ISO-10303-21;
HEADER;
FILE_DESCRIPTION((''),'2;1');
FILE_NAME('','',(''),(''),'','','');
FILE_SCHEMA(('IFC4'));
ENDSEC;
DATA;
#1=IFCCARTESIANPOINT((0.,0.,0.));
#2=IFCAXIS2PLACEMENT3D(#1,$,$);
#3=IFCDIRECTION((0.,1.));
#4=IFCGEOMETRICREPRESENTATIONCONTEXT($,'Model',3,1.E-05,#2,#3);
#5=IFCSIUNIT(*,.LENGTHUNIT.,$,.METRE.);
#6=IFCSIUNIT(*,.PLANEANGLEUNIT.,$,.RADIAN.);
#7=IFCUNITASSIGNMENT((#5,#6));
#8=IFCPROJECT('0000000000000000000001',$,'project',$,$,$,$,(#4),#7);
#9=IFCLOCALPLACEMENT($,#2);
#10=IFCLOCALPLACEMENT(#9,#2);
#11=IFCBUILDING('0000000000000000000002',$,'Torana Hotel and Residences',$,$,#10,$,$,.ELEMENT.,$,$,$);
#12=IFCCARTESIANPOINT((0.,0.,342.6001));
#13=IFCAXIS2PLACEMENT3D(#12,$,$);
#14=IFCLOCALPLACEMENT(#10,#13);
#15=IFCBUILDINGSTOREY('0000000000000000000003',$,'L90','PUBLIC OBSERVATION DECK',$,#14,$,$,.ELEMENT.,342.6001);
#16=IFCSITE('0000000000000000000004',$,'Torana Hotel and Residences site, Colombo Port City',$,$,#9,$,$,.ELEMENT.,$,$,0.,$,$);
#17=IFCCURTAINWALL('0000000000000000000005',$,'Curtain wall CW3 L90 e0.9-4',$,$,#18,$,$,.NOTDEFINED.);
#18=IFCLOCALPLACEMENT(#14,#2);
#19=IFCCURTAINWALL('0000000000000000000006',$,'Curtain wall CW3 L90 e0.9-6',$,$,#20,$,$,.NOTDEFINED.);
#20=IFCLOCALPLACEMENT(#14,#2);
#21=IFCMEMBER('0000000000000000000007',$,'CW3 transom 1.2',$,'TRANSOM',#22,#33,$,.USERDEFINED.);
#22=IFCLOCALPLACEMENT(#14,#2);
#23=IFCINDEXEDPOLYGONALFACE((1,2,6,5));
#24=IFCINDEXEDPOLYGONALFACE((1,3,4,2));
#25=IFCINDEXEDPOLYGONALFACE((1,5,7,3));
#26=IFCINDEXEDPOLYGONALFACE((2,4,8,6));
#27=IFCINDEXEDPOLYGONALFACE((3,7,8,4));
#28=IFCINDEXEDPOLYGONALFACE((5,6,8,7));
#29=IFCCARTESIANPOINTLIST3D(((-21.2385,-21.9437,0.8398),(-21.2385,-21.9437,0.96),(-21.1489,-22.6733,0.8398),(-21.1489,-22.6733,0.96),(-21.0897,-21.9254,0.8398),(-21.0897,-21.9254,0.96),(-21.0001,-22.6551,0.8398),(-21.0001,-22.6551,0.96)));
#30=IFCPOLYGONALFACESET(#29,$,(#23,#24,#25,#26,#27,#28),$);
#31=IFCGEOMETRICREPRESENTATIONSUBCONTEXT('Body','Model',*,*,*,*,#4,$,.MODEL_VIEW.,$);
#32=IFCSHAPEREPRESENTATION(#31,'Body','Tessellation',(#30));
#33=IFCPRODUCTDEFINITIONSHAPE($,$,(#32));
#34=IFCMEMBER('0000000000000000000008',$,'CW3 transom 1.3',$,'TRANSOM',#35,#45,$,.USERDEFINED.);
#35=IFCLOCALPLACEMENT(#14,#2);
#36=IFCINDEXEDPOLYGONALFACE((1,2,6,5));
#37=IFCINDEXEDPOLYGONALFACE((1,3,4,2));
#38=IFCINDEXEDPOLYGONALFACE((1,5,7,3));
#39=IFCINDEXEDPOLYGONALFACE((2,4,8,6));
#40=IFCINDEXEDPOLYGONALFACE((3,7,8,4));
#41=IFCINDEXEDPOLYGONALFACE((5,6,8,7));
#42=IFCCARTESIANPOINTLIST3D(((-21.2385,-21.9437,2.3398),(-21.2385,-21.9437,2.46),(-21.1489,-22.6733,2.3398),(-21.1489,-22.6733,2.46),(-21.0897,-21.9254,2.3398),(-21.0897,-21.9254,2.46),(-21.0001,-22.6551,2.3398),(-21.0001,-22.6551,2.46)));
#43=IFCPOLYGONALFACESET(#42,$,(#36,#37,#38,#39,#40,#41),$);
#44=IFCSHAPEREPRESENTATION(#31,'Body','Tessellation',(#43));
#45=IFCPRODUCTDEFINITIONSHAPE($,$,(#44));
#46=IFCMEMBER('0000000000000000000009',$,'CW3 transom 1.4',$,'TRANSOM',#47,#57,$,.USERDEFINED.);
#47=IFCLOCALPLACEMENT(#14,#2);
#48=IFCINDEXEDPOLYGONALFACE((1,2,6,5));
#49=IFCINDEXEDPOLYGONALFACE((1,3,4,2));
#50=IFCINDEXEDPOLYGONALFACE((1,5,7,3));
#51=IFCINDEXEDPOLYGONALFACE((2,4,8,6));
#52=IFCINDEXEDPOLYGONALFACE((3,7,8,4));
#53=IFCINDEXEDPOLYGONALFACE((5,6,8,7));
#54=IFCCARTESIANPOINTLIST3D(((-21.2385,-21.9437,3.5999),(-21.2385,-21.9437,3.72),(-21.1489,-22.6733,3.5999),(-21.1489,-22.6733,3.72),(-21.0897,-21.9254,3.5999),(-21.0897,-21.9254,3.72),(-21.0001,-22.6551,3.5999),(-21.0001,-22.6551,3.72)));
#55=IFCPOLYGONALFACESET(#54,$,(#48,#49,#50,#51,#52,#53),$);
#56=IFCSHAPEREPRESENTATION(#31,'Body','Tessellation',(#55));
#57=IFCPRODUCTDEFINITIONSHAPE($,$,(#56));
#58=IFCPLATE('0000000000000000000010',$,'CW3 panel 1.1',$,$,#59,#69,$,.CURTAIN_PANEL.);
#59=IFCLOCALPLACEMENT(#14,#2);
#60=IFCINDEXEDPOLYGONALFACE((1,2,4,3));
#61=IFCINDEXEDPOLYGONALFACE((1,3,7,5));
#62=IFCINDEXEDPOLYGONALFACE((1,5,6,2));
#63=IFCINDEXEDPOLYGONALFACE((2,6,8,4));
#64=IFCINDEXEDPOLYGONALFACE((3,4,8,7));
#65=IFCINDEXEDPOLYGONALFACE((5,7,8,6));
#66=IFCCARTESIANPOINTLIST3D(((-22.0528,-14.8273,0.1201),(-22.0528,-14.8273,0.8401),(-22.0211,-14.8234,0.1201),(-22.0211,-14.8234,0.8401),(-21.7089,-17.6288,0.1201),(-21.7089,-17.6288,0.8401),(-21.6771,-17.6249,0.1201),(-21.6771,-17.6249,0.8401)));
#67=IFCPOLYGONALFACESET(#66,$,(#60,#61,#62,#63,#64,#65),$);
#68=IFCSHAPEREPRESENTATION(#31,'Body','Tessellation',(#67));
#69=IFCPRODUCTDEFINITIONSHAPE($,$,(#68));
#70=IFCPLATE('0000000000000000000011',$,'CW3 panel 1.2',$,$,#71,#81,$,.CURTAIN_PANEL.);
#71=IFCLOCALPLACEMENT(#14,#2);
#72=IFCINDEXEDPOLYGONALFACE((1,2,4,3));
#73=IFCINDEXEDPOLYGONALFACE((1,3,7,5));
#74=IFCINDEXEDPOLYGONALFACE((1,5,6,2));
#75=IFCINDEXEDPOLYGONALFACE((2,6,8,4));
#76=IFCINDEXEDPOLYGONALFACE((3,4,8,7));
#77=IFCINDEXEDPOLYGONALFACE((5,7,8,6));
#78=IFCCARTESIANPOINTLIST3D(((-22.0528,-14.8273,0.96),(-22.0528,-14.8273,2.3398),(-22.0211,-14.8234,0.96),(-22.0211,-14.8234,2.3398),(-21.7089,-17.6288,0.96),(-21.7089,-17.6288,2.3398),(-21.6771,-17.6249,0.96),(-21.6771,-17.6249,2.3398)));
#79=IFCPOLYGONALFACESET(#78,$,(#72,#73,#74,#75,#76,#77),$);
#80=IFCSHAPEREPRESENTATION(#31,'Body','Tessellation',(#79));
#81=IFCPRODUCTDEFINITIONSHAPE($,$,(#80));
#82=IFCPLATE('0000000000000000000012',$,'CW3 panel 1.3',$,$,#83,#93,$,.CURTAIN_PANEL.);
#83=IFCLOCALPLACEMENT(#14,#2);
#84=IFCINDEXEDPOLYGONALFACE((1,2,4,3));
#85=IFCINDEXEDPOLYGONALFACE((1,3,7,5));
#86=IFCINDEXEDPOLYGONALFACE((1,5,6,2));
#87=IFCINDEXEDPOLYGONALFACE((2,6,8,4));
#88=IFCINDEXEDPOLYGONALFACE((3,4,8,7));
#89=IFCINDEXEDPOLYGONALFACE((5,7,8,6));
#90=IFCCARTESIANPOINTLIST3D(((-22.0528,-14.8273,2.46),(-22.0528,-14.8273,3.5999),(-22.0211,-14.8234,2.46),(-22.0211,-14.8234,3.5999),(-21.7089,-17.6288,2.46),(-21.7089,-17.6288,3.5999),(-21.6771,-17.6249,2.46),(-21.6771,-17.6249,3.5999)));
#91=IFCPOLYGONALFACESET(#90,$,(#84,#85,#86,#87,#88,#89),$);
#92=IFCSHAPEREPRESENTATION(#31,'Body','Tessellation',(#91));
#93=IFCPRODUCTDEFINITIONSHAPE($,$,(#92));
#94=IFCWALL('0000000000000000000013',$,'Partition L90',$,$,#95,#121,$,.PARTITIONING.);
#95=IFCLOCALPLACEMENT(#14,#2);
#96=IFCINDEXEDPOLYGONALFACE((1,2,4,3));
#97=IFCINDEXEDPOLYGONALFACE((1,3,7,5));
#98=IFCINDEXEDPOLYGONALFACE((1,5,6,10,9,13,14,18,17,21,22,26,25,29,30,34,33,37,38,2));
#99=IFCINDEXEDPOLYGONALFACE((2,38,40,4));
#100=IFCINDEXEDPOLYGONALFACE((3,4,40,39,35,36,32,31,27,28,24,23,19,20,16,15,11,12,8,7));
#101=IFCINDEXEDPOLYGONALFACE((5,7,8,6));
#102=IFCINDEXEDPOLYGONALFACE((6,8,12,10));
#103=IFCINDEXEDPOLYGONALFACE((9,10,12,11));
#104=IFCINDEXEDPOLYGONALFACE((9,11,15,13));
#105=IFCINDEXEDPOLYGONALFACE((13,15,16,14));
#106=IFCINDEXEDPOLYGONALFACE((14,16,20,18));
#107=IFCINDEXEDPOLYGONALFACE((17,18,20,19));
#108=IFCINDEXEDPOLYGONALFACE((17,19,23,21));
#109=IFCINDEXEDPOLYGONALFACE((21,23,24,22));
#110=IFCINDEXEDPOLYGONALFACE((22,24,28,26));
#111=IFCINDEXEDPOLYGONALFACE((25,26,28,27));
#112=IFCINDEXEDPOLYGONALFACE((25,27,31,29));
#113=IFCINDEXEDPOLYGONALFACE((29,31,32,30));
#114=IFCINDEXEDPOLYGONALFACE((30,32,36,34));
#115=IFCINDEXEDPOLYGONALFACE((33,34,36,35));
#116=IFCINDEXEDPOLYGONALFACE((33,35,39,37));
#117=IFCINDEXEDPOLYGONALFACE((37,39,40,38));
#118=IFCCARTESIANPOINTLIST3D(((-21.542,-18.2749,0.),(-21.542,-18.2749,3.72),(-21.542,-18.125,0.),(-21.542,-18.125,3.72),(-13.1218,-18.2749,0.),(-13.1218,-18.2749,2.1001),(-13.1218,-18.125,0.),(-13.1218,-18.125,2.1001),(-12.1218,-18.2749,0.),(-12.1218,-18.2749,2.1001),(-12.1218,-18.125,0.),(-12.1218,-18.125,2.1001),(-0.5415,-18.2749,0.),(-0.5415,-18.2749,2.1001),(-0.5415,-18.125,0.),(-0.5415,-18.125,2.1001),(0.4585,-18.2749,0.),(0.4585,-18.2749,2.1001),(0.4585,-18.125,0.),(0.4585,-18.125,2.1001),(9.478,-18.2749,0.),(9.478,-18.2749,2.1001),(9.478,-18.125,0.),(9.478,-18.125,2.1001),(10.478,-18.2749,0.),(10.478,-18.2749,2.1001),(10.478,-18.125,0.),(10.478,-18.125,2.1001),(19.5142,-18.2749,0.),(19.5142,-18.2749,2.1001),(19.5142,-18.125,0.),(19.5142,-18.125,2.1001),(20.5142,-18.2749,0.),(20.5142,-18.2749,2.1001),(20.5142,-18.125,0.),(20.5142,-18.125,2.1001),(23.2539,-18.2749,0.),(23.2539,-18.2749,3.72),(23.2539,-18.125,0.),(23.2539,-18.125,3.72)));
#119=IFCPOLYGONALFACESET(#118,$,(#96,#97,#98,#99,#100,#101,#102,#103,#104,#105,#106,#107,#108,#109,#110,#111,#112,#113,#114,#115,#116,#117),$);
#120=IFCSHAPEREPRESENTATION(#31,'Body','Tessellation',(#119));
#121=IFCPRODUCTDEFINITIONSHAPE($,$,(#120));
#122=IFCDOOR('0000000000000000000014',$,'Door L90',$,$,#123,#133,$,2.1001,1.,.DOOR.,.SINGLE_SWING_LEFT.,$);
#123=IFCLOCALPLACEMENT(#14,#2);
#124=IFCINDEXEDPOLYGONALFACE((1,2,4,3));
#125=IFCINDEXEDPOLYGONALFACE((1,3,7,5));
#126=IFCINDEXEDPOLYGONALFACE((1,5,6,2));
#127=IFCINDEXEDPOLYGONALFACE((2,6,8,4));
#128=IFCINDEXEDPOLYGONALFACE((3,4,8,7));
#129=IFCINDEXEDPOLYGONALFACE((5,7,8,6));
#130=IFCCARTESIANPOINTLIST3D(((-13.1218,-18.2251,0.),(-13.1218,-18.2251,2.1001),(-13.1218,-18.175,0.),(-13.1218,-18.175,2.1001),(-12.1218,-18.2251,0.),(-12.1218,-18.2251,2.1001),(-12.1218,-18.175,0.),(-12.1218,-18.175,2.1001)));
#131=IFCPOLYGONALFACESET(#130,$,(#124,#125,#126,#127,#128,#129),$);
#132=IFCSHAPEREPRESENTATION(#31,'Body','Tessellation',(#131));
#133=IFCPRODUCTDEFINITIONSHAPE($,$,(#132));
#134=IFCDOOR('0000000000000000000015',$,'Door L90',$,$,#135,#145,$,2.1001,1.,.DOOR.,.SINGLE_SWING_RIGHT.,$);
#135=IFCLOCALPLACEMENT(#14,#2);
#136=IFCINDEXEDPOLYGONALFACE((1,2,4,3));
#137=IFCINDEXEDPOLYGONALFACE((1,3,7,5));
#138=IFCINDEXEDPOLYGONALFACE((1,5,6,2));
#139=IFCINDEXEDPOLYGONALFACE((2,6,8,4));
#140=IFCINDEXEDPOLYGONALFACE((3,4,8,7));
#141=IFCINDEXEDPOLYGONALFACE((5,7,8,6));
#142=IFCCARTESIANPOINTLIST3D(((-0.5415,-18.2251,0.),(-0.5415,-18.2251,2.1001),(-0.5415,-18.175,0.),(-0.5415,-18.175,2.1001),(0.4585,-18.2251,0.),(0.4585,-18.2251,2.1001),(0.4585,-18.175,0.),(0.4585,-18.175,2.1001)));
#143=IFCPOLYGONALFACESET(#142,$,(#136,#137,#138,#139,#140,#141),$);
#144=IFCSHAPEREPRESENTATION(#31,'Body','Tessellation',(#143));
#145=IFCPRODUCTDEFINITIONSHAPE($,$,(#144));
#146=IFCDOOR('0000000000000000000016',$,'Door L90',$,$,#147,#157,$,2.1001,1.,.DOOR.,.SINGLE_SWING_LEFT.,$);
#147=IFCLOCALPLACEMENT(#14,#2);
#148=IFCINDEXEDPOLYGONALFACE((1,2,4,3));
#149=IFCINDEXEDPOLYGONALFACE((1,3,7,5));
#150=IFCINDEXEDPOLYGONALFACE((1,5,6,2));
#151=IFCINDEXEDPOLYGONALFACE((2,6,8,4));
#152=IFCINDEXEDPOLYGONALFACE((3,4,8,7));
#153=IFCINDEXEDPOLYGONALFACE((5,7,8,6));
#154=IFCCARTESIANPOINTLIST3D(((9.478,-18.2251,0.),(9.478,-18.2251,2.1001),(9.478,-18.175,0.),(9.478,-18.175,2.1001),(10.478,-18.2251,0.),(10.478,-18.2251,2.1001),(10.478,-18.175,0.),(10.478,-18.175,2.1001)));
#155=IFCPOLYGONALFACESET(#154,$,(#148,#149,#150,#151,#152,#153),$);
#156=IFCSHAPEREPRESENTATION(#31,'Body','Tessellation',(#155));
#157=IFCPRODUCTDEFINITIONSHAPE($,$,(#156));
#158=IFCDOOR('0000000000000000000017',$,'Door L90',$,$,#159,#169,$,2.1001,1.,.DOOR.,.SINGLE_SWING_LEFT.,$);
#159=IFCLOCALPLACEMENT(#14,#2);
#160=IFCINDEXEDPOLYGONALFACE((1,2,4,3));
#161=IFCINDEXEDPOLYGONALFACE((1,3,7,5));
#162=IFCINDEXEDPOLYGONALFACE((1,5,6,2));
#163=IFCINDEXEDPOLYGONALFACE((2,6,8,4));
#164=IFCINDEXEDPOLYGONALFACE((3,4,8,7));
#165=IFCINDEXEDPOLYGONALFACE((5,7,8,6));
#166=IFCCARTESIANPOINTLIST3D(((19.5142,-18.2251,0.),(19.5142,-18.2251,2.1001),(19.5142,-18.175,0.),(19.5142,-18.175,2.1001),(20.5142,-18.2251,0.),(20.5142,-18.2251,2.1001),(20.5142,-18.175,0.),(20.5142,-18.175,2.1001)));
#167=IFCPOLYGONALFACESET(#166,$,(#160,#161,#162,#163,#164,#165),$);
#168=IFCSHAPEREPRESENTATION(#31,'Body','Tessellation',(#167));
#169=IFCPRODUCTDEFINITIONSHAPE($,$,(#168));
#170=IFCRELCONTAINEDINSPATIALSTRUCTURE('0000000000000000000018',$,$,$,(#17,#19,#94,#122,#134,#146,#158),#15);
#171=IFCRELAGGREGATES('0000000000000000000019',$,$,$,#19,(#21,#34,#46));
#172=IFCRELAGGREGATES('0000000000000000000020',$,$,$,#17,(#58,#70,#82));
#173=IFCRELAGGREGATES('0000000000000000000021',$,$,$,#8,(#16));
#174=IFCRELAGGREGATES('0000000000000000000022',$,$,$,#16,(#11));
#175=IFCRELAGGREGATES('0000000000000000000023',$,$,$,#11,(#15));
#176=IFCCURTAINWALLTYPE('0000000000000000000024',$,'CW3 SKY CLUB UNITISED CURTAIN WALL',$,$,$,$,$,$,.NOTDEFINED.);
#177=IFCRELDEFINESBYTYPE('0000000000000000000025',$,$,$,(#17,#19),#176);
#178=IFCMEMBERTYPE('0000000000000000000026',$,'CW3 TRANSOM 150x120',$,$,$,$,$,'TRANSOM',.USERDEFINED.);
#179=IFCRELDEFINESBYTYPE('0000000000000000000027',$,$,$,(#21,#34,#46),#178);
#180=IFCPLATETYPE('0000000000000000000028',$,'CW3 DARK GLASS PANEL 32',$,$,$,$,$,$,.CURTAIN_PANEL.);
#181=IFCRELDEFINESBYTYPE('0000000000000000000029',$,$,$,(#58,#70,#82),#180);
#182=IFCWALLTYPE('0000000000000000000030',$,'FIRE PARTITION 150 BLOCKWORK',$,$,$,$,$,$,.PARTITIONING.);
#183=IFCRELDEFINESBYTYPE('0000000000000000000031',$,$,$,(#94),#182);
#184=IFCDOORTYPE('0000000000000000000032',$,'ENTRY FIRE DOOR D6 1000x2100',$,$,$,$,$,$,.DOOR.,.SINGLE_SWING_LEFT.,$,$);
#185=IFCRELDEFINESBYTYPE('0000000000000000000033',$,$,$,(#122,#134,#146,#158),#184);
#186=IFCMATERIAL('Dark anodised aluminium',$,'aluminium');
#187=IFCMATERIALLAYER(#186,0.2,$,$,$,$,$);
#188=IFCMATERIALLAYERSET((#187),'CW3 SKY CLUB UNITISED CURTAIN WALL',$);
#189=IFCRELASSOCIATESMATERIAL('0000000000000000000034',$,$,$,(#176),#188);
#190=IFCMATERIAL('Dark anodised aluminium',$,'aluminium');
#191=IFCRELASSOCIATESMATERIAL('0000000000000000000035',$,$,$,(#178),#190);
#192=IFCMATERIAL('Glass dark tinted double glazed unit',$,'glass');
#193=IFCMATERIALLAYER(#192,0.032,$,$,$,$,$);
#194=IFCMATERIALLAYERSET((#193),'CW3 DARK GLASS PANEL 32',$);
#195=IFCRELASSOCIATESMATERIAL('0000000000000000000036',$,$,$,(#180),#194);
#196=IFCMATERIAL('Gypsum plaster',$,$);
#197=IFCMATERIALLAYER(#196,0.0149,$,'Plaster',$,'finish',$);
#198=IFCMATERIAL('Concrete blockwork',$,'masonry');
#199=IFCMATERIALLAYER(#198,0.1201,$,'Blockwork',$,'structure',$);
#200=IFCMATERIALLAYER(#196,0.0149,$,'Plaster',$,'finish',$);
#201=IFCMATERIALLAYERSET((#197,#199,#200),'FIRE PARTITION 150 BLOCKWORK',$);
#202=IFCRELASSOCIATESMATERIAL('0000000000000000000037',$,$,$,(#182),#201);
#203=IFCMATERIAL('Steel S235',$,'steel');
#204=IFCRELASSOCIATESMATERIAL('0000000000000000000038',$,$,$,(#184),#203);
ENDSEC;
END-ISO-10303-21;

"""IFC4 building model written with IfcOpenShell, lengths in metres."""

from ifc_helpers import new_model, si_unit, direction, frame, frame_2d, origin, origin_2d, place, context, subcontext, project, spatial, rectangle, extrude, material, layer, layer_set, material_profile, profile_set, type_object, element, fill, aggregate, save


model = new_model("IFC4")

# Units and contexts
model_context = context("Model", 3, precision=1e-05, world=origin(), true_north=direction((0.0, 1.0)))
body_context = subcontext(model_context, "Body", "Model", "MODEL_VIEW")
ifc_project = project(units=[si_unit("LENGTHUNIT", "METRE"), si_unit("PLANEANGLEUNIT", "RADIAN")], contexts=[model_context])

# Site, building, storey
site_placement = place(None, origin())
site = spatial("IfcSite", under=ifc_project, at=site_placement, Name="Torana Hotel and Residences site, Colombo Port City", CompositionType="ELEMENT", RefElevation=0.0)
building_placement = place(site_placement, origin())
building = spatial("IfcBuilding", under=site, at=building_placement, Name="Torana Hotel and Residences", CompositionType="ELEMENT")
storey_placement = place(building_placement, frame((0.0, 0.0, 342.6001)))
storey = spatial("IfcBuildingStorey", under=building, at=storey_placement, Name="L90", Description="PUBLIC OBSERVATION DECK", CompositionType="ELEMENT", Elevation=342.6001)

# Curtain wall
ifc_material_1 = material(Name="Dark anodised aluminium", Category="aluminium")
ifc_layer_1 = layer(ifc_material_1, 0.2)
ifc_layer_set_1 = layer_set([ifc_layer_1], Name="CW3 SKY CLUB UNITISED CURTAIN WALL")
curtain_wall_type = type_object("IfcCurtainWallType", Name="CW3 SKY CLUB UNITISED CURTAIN WALL", PredefinedType="NOTDEFINED", material=ifc_layer_set_1)
curtain_wall_1_placement = place(storey_placement, origin())
curtain_wall_1 = element("IfcCurtainWall", 1, at=curtain_wall_1_placement, inside=storey, type_object=curtain_wall_type, Name="Curtain wall CW3 L90 e0.9-4", PredefinedType="NOTDEFINED")

# Curtain wall, members
curtain_wall_2_placement = place(storey_placement, origin())
curtain_wall_2 = element("IfcCurtainWall", 2, at=curtain_wall_2_placement, inside=storey, type_object=curtain_wall_type, Name="Curtain wall CW3 L90 e0.9-6", PredefinedType="NOTDEFINED")
ifc_material_2 = material(Name="Dark anodised aluminium", Category="aluminium")
ifc_material_profile_1 = material_profile(ifc_material_2, rectangle(XDim=0.1499, YDim=0.1201, at=origin_2d()), Name="CW3 TRANSOM 150x120")
ifc_profile_set_1 = profile_set([ifc_material_profile_1], Name="Dark anodised aluminium")
member_type_1 = type_object("IfcMemberType", Name="CW3 TRANSOM 150x120", ElementType="TRANSOM", PredefinedType="USERDEFINED", material=ifc_profile_set_1)
member_1_placement = place(storey_placement, frame((-21.1641, -21.9346, 0.8999), z_axis=(0.121868, -0.992546, 0.0), x_axis=(0.992546, 0.121868, 0.0)))
member_1 = element("IfcMember", 3, at=member_1_placement, type_object=member_type_1, Name="CW3 transom 1.2", ObjectType="TRANSOM", PredefinedType="USERDEFINED", context=body_context, shape_type="SweptSolid", body=[
    extrude(rectangle(XDim=0.1499, YDim=0.1201, at=origin_2d()), origin(), (0.0, 0.0, 1.0), 0.7351),
])
member_2_placement = place(storey_placement, frame((-21.1641, -21.9346, 2.3999), z_axis=(0.121868, -0.992546, 0.0), x_axis=(0.992546, 0.121868, 0.0)))
member_2 = element("IfcMember", 4, at=member_2_placement, type_object=member_type_1, Name="CW3 transom 1.3", ObjectType="TRANSOM", PredefinedType="USERDEFINED", context=body_context, shape_type="SweptSolid", body=[
    extrude(rectangle(XDim=0.1499, YDim=0.1201, at=origin_2d()), origin(), (0.0, 0.0, 1.0), 0.7351),
])
member_3_placement = place(storey_placement, frame((-21.1641, -21.9346, 3.6599), z_axis=(0.121868, -0.992546, 0.0), x_axis=(0.992546, 0.121868, 0.0)))
member_3 = element("IfcMember", 5, at=member_3_placement, type_object=member_type_1, Name="CW3 transom 1.4", ObjectType="TRANSOM", PredefinedType="USERDEFINED", context=body_context, shape_type="SweptSolid", body=[
    extrude(rectangle(XDim=0.1499, YDim=0.1201, at=origin_2d()), origin(), (0.0, 0.0, 1.0), 0.7351),
])
aggregate(curtain_wall_2, [member_1, member_2, member_3])

# Plates
ifc_material_3 = material(Name="Glass dark tinted double glazed unit", Category="glass")
ifc_layer_2 = layer(ifc_material_3, 0.032)
ifc_layer_set_2 = layer_set([ifc_layer_2], Name="CW3 DARK GLASS PANEL 32")
plate_type = type_object("IfcPlateType", Name="CW3 DARK GLASS PANEL 32", PredefinedType="CURTAIN_PANEL", material=ifc_layer_set_2)
plate_1_placement = place(storey_placement, frame((-21.865, -16.2261, 0.1201), z_axis=(0.0, 0.0, 1.0), x_axis=(0.121857, -0.992548, 0.0)))
plate_1 = element("IfcPlate", 6, at=plate_1_placement, type_object=plate_type, Name="CW3 panel 1.1", PredefinedType="CURTAIN_PANEL", context=body_context, shape_type="SweptSolid", body=[
    extrude(rectangle(XDim=2.8225, YDim=0.032, at=origin_2d()), origin(), (0.0, 0.0, 1.0), 0.72),
])
plate_2_placement = place(storey_placement, frame((-21.865, -16.2261, 0.96), z_axis=(0.0, 0.0, 1.0), x_axis=(0.121857, -0.992548, 0.0)))
plate_2 = element("IfcPlate", 7, at=plate_2_placement, type_object=plate_type, Name="CW3 panel 1.2", PredefinedType="CURTAIN_PANEL", context=body_context, shape_type="SweptSolid", body=[
    extrude(rectangle(XDim=2.8225, YDim=0.032, at=origin_2d()), origin(), (0.0, 0.0, 1.0), 1.3799),
])
plate_3_placement = place(storey_placement, frame((-21.865, -16.2261, 2.46), z_axis=(0.0, 0.0, 1.0), x_axis=(0.121857, -0.992548, 0.0)))
plate_3 = element("IfcPlate", 8, at=plate_3_placement, type_object=plate_type, Name="CW3 panel 1.3", PredefinedType="CURTAIN_PANEL", context=body_context, shape_type="SweptSolid", body=[
    extrude(rectangle(XDim=2.8225, YDim=0.032, at=origin_2d()), origin(), (0.0, 0.0, 1.0), 1.1399),
])
aggregate(curtain_wall_1, [plate_1, plate_2, plate_3])

# Wall, openings, doors
ifc_material_4 = material(Name="Gypsum plaster")
ifc_layer_3 = layer(ifc_material_4, 0.0149, Name="Plaster", Category="finish")
ifc_material_5 = material(Name="Concrete blockwork", Category="masonry")
ifc_layer_4 = layer(ifc_material_5, 0.1201, Name="Blockwork", Category="structure")
ifc_layer_5 = layer(ifc_material_4, 0.0149, Name="Plaster", Category="finish")
ifc_layer_set_3 = layer_set([ifc_layer_3, ifc_layer_4, ifc_layer_5], Name="FIRE PARTITION 150 BLOCKWORK")
wall_type_1 = type_object("IfcWallType", Name="FIRE PARTITION 150 BLOCKWORK", PredefinedType="PARTITIONING", material=ifc_layer_set_3)
wall_1_placement = place(storey_placement, frame((-21.542, -18.2, 0.0), z_axis=(0.0, 0.0, 1.0), x_axis=(1.0, 0.0, 0.0)))
wall_1 = element("IfcWall", 9, at=wall_1_placement, inside=storey, type_object=wall_type_1, Name="Partition L90", PredefinedType="PARTITIONING", context=body_context, shape_type="SweptSolid", body=[
    extrude(rectangle(XDim=44.7959, YDim=0.1499, at=frame_2d((22.3979, 0.0))), origin(), (0.0, 0.0, 1.0), 3.72),
])
opening_1_placement = place(wall_1_placement, frame((8.4202, 0.0, 0.0)))
opening_1 = element("IfcOpeningElement", 10, at=opening_1_placement, cuts=wall_1, PredefinedType="OPENING", context=body_context, shape_type="SweptSolid", body=[
    extrude(rectangle(XDim=1.0, YDim=2.1001, at=frame_2d((0.5, 1.05))), frame((0.0, 0.085, 0.0), z_axis=(0.0, -1.0, 0.0), x_axis=(1.0, 0.0, 0.0)), (0.0, 0.0, 1.0), 0.1699),
])
opening_2_placement = place(wall_1_placement, frame((21.0005, 0.0, 0.0)))
opening_2 = element("IfcOpeningElement", 11, at=opening_2_placement, cuts=wall_1, PredefinedType="OPENING", context=body_context, shape_type="SweptSolid", body=[
    extrude(rectangle(XDim=1.0, YDim=2.1001, at=frame_2d((0.5, 1.05))), frame((0.0, 0.085, 0.0), z_axis=(0.0, -1.0, 0.0), x_axis=(1.0, 0.0, 0.0)), (0.0, 0.0, 1.0), 0.1699),
])
opening_3_placement = place(wall_1_placement, frame((31.02, 0.0, 0.0)))
opening_3 = element("IfcOpeningElement", 12, at=opening_3_placement, cuts=wall_1, PredefinedType="OPENING", context=body_context, shape_type="SweptSolid", body=[
    extrude(rectangle(XDim=1.0, YDim=2.1001, at=frame_2d((0.5, 1.05))), frame((0.0, 0.085, 0.0), z_axis=(0.0, -1.0, 0.0), x_axis=(1.0, 0.0, 0.0)), (0.0, 0.0, 1.0), 0.1699),
])
opening_4_placement = place(wall_1_placement, frame((41.0562, 0.0, 0.0)))
opening_4 = element("IfcOpeningElement", 13, at=opening_4_placement, cuts=wall_1, PredefinedType="OPENING", context=body_context, shape_type="SweptSolid", body=[
    extrude(rectangle(XDim=1.0, YDim=2.1001, at=frame_2d((0.5, 1.05))), frame((0.0, 0.085, 0.0), z_axis=(0.0, -1.0, 0.0), x_axis=(1.0, 0.0, 0.0)), (0.0, 0.0, 1.0), 0.1699),
])
ifc_material_6 = material(Name="Steel S235", Category="steel")
door_type_1 = type_object("IfcDoorType", Name="ENTRY FIRE DOOR D6 1000x2100", OperationType="SINGLE_SWING_LEFT", PredefinedType="DOOR", material=ifc_material_6)
door_1_placement = place(opening_1_placement, frame((0.5, 0.0, 0.0), z_axis=(0.0, 0.0, 1.0), x_axis=(-1.0, 0.0, 0.0)))
door_1 = element("IfcDoor", 14, at=door_1_placement, inside=storey, type_object=door_type_1, Name="Door L90", OperationType="SINGLE_SWING_LEFT", OverallHeight=2.1001, OverallWidth=1.0, PredefinedType="DOOR", context=body_context, shape_type="SweptSolid", body=[
    extrude(rectangle(XDim=1.0, YDim=2.1001, at=frame_2d((0.0, 1.05))), frame((0.0, -0.0249, 0.0), z_axis=(0.0, 1.0, 0.0), x_axis=(-1.0, 0.0, 0.0)), (0.0, 0.0, 1.0), 0.05),
])
fill(opening_1, door_1)
door_2_placement = place(opening_2_placement, frame((0.5, 0.0, 0.0), z_axis=(0.0, 0.0, 1.0), x_axis=(-1.0, 0.0, 0.0)))
door_2 = element("IfcDoor", 15, at=door_2_placement, inside=storey, type_object=door_type_1, Name="Door L90", OperationType="SINGLE_SWING_RIGHT", OverallHeight=2.1001, OverallWidth=1.0, PredefinedType="DOOR", context=body_context, shape_type="SweptSolid", body=[
    extrude(rectangle(XDim=1.0, YDim=2.1001, at=frame_2d((0.0, 1.05))), frame((0.0, -0.0249, 0.0), z_axis=(0.0, 1.0, 0.0), x_axis=(-1.0, 0.0, 0.0)), (0.0, 0.0, 1.0), 0.05),
])
fill(opening_2, door_2)
door_3_placement = place(opening_3_placement, frame((0.5, 0.0, 0.0), z_axis=(0.0, 0.0, 1.0), x_axis=(-1.0, 0.0, 0.0)))
door_3 = element("IfcDoor", 16, at=door_3_placement, inside=storey, type_object=door_type_1, Name="Door L90", OperationType="SINGLE_SWING_LEFT", OverallHeight=2.1001, OverallWidth=1.0, PredefinedType="DOOR", context=body_context, shape_type="SweptSolid", body=[
    extrude(rectangle(XDim=1.0, YDim=2.1001, at=frame_2d((0.0, 1.05))), frame((0.0, -0.0249, 0.0), z_axis=(0.0, 1.0, 0.0), x_axis=(-1.0, 0.0, 0.0)), (0.0, 0.0, 1.0), 0.05),
])
fill(opening_3, door_3)
door_4_placement = place(opening_4_placement, frame((0.5, 0.0, 0.0), z_axis=(0.0, 0.0, 1.0), x_axis=(-1.0, 0.0, 0.0)))
door_4 = element("IfcDoor", 17, at=door_4_placement, inside=storey, type_object=door_type_1, Name="Door L90", OperationType="SINGLE_SWING_LEFT", OverallHeight=2.1001, OverallWidth=1.0, PredefinedType="DOOR", context=body_context, shape_type="SweptSolid", body=[
    extrude(rectangle(XDim=1.0, YDim=2.1001, at=frame_2d((0.0, 1.05))), frame((0.0, -0.0249, 0.0), z_axis=(0.0, 1.0, 0.0), x_axis=(-1.0, 0.0, 0.0)), (0.0, 0.0, 1.0), 0.05),
])
fill(opening_4, door_4)

save(model, "model.ifc")
